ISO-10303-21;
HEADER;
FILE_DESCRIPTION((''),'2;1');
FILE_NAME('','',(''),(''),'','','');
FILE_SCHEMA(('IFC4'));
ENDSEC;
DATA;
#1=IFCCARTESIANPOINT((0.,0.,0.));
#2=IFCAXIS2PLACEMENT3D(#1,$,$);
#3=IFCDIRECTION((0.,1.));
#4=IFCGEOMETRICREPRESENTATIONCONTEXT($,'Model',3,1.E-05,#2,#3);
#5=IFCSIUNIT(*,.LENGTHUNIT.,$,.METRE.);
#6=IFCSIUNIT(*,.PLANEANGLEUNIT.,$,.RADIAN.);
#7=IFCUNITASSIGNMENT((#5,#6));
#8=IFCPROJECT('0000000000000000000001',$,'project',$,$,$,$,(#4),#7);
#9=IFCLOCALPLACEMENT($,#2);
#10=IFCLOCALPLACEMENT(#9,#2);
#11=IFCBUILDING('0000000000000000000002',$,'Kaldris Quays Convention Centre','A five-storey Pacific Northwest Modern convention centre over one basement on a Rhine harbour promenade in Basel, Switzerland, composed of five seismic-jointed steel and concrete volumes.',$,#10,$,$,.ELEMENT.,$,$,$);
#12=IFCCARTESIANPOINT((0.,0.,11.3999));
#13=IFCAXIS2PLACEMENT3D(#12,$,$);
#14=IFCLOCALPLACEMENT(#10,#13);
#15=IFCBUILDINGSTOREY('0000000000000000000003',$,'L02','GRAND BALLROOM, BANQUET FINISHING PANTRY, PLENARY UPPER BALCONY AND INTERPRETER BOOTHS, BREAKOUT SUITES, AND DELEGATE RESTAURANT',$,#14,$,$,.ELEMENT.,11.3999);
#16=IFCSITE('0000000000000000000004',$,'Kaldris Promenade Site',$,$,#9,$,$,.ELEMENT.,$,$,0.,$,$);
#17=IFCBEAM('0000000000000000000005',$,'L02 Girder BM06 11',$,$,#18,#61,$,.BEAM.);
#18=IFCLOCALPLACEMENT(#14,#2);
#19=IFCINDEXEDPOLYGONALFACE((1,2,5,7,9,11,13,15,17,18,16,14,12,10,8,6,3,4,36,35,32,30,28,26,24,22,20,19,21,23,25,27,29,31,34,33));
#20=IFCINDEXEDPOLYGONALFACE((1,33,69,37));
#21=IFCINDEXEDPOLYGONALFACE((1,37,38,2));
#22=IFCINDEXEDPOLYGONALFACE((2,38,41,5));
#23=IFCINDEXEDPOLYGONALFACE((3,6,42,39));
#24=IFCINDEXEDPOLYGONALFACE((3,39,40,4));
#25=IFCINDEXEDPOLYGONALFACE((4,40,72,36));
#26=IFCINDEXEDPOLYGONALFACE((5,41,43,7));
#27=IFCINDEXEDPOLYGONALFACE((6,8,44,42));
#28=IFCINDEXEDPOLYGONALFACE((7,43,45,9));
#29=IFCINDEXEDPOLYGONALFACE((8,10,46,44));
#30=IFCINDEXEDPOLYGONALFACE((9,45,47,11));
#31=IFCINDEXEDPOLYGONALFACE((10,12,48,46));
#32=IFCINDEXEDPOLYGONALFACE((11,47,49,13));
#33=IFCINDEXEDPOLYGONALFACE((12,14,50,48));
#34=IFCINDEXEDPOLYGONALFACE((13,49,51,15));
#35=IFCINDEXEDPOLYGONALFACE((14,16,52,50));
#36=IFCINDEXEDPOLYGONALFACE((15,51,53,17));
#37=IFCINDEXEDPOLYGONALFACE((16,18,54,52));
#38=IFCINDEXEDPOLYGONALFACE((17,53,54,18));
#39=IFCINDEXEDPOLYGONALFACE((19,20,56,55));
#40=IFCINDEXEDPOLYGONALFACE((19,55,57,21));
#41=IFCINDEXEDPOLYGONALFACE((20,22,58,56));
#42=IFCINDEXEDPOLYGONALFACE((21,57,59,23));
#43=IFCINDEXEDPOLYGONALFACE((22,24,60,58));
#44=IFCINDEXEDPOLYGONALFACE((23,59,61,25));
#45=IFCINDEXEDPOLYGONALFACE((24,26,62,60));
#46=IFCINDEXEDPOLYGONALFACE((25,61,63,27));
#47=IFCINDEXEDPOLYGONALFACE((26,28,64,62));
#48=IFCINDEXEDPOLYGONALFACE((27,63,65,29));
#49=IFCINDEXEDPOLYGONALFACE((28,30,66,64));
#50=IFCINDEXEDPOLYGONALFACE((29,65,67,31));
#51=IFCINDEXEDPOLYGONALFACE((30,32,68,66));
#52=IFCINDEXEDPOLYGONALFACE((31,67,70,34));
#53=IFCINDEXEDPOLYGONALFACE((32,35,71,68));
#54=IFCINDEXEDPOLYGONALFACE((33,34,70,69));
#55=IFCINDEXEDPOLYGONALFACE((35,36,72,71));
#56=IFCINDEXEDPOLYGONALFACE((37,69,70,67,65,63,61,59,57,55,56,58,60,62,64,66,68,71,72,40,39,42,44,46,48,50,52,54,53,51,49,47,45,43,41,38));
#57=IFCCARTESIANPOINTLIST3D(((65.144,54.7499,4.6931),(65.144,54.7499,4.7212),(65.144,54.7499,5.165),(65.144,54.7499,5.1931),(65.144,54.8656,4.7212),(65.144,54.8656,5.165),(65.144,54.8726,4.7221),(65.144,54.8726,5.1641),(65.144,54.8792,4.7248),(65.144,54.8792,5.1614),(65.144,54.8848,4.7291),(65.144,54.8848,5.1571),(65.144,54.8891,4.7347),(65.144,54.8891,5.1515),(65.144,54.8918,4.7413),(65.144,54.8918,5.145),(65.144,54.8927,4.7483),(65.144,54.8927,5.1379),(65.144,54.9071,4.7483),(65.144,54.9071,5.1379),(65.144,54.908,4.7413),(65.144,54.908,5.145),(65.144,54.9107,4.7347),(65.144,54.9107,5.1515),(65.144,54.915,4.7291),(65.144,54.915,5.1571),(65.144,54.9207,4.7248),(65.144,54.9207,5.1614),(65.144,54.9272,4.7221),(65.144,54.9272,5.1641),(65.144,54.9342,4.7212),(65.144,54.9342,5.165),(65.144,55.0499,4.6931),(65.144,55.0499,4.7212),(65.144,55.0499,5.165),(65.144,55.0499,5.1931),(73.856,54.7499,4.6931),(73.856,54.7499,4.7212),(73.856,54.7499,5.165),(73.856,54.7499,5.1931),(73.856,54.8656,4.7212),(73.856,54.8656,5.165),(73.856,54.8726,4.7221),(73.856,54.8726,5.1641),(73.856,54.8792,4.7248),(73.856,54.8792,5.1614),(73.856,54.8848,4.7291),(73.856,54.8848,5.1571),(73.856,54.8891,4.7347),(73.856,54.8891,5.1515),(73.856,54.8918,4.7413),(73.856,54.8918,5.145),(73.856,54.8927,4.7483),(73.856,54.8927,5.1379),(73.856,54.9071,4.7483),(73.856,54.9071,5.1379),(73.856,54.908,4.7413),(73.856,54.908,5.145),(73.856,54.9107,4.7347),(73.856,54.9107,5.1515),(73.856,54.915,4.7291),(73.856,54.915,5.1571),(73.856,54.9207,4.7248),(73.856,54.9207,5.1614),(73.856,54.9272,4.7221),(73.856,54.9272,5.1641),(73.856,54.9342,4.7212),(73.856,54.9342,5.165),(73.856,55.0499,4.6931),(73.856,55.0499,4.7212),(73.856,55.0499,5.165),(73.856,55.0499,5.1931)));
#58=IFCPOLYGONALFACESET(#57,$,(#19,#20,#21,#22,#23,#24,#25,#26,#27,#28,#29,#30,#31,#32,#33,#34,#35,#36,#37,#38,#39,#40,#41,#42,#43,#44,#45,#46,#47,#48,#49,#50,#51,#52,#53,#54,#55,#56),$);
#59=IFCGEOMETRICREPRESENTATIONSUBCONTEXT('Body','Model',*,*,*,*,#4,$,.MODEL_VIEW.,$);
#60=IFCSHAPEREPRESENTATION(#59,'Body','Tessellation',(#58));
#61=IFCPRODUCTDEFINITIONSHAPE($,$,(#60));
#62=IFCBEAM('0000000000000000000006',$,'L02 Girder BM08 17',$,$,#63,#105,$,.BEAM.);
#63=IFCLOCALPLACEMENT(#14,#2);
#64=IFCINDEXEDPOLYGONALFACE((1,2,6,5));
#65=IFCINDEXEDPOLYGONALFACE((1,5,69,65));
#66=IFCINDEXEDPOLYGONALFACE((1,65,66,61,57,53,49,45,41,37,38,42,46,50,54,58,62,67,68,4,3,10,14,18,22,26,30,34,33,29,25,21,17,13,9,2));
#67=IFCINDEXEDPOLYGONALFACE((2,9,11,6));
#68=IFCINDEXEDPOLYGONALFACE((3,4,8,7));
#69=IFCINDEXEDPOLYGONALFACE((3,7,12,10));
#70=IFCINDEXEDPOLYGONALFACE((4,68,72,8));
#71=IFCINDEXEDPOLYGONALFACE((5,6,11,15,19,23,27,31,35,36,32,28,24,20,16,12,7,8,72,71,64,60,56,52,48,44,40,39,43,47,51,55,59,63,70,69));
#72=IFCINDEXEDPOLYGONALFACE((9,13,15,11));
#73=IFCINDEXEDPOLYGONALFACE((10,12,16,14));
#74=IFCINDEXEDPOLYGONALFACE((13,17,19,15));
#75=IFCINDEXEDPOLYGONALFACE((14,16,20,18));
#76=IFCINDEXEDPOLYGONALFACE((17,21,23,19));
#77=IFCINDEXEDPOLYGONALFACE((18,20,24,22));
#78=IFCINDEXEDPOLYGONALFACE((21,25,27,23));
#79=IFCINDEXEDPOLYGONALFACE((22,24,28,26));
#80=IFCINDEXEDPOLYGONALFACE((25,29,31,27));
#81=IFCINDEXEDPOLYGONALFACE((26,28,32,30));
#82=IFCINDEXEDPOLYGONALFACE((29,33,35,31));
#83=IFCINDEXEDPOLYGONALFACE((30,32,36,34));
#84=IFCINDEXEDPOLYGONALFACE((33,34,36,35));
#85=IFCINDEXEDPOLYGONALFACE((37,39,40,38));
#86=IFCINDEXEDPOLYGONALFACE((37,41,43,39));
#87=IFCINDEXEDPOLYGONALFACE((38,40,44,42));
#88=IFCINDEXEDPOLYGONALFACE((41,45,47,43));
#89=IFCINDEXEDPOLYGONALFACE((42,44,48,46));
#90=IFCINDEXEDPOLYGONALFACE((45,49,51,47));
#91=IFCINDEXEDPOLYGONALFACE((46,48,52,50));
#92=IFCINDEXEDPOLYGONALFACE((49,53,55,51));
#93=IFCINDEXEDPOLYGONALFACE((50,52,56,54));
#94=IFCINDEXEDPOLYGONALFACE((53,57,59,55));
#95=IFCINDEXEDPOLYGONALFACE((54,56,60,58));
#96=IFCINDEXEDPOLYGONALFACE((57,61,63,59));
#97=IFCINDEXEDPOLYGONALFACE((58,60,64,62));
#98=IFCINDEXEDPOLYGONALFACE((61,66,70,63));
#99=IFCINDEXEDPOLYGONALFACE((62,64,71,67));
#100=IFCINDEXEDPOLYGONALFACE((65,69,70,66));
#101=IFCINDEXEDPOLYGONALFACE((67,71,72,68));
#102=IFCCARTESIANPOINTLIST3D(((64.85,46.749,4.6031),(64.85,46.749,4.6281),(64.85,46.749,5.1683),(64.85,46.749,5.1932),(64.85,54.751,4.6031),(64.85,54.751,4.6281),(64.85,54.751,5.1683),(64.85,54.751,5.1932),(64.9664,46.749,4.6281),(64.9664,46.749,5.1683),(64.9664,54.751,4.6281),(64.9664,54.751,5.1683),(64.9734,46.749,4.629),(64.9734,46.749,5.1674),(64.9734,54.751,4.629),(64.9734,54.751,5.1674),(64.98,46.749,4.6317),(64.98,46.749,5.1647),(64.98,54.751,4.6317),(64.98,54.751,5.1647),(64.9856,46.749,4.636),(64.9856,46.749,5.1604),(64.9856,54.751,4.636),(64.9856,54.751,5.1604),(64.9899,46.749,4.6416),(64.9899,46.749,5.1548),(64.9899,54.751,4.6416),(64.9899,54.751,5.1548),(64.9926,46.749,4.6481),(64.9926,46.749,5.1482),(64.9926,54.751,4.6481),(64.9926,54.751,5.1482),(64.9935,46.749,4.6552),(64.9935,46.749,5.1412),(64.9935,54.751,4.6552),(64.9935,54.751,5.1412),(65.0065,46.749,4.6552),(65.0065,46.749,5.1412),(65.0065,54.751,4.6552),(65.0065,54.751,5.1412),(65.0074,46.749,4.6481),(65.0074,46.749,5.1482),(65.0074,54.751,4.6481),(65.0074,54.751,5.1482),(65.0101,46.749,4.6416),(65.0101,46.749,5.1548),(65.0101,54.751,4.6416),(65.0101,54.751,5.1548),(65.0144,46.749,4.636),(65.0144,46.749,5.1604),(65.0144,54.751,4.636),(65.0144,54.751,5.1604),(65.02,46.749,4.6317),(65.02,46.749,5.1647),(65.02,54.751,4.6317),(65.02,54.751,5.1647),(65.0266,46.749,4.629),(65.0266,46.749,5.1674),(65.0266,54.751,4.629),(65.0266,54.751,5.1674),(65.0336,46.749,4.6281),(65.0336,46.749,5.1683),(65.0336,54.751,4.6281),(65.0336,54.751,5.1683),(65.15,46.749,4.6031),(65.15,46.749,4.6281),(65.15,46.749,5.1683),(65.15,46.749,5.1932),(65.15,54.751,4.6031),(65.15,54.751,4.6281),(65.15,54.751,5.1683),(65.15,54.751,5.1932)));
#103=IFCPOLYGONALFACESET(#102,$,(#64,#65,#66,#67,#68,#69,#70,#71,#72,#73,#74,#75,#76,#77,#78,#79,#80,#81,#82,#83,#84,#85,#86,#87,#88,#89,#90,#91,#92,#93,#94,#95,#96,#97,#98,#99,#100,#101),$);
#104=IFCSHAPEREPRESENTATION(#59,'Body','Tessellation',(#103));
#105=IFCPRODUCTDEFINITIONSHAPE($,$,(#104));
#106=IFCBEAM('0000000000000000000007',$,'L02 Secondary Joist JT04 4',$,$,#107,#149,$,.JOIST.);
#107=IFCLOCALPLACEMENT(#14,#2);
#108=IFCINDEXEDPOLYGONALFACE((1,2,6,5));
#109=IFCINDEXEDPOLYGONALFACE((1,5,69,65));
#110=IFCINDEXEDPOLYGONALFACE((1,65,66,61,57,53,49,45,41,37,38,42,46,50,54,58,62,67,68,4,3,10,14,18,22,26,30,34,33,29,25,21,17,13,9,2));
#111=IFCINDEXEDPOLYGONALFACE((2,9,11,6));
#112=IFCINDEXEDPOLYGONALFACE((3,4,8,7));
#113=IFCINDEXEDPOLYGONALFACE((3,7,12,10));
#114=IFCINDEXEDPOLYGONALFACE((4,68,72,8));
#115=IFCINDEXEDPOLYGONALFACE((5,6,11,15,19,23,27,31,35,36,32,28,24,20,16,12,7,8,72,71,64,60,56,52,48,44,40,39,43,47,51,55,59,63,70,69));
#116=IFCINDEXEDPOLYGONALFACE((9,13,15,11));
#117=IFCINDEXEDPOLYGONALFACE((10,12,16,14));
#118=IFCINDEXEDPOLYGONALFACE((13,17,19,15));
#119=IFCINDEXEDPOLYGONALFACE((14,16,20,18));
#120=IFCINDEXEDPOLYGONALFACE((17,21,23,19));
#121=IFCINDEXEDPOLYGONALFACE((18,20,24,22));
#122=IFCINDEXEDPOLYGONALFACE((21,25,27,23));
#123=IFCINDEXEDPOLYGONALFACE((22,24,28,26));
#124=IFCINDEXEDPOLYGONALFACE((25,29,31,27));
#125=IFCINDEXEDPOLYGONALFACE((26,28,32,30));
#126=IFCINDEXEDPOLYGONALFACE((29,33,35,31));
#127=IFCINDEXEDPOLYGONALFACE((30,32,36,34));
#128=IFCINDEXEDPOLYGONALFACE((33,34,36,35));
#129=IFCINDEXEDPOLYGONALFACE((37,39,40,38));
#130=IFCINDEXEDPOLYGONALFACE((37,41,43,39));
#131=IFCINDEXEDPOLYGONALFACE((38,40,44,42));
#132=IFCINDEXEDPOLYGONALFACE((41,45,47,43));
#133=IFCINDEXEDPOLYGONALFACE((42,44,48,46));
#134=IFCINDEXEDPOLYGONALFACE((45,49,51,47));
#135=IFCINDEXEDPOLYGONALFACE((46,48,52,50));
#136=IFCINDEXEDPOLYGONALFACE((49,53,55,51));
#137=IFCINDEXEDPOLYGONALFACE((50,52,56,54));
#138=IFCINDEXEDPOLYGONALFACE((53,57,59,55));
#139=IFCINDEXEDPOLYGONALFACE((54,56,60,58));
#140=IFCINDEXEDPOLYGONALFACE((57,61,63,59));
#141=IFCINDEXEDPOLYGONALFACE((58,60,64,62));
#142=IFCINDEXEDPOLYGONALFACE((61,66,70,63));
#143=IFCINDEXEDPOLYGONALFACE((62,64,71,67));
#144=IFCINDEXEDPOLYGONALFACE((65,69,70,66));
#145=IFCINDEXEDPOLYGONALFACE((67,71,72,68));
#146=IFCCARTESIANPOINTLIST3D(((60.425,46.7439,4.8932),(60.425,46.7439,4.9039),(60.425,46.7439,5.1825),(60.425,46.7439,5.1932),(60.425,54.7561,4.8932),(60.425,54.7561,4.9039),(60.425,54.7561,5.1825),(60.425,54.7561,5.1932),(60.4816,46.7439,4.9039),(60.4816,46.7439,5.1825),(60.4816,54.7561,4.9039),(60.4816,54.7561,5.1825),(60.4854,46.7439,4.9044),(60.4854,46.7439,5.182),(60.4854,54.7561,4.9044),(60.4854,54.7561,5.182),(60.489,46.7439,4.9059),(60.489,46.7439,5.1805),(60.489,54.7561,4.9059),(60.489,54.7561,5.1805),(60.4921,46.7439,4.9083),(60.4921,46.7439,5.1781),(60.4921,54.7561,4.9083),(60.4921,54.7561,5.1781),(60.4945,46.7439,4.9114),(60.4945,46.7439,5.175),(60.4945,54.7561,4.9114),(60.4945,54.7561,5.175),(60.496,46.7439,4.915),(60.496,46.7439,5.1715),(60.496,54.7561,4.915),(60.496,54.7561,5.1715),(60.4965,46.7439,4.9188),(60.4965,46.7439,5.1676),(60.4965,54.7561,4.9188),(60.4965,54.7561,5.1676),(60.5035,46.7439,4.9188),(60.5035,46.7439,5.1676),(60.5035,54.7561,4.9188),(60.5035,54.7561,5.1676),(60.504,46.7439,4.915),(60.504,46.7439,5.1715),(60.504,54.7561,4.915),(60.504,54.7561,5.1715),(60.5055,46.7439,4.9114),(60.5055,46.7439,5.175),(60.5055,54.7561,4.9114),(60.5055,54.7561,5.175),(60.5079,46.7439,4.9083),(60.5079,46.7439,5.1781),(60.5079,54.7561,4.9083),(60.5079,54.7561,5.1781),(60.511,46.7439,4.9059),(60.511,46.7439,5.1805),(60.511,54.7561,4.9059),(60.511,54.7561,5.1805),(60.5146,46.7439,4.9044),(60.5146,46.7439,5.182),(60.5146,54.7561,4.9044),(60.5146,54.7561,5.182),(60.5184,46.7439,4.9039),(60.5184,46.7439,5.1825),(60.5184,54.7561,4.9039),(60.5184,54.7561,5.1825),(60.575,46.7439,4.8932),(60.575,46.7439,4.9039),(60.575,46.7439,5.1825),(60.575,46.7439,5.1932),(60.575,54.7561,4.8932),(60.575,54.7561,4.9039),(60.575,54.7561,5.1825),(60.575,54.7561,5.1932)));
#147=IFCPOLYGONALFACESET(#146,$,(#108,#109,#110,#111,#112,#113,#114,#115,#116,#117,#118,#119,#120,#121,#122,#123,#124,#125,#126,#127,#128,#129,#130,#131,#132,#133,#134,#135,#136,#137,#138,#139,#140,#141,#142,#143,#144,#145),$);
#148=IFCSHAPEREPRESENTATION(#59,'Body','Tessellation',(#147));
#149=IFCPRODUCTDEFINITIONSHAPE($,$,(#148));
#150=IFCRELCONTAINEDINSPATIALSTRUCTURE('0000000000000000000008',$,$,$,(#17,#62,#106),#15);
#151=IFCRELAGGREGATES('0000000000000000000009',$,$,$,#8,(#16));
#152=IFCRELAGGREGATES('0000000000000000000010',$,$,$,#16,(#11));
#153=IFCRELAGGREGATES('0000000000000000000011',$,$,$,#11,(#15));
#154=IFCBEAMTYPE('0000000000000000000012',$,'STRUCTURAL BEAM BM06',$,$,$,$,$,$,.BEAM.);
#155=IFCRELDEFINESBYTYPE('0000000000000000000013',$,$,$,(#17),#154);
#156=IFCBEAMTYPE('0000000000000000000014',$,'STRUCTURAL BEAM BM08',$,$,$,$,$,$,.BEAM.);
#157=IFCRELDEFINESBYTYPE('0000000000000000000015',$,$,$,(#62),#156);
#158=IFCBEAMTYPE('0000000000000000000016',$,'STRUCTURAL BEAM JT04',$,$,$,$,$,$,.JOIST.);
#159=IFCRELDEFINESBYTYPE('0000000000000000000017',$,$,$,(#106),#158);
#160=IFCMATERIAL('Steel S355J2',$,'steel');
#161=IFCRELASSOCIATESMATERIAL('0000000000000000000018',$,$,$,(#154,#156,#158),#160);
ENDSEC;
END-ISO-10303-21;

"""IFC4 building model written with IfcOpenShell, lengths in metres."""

from ifc_helpers import new_model, si_unit, direction, frame, origin, origin_2d, place, context, subcontext, project, spatial, i_section, extrude, material, material_profile, profile_set, type_object, element, save


model = new_model("IFC4")

# Units and contexts
model_context = context("Model", 3, precision=1e-05, world=origin(), true_north=direction((0.0, 1.0)))
body_context = subcontext(model_context, "Body", "Model", "MODEL_VIEW")
ifc_project = project(units=[si_unit("LENGTHUNIT", "METRE"), si_unit("PLANEANGLEUNIT", "RADIAN")], contexts=[model_context])

# Site, building, storey
site_placement = place(None, origin())
site = spatial("IfcSite", under=ifc_project, at=site_placement, Name="Kaldris Promenade Site", CompositionType="ELEMENT", RefElevation=0.0)
building_placement = place(site_placement, origin())
building = spatial("IfcBuilding", under=site, at=building_placement, Name="Kaldris Quays Convention Centre", Description="A five-storey Pacific Northwest Modern convention centre over one basement on a Rhine harbour promenade in Basel, Switzerland, composed of five seismic-jointed steel and concrete volumes.", CompositionType="ELEMENT")
storey_placement = place(building_placement, frame((0.0, 0.0, 11.3999)))
storey = spatial("IfcBuildingStorey", under=building, at=storey_placement, Name="L02", Description="GRAND BALLROOM, BANQUET FINISHING PANTRY, PLENARY UPPER BALCONY AND INTERPRETER BOOTHS, BREAKOUT SUITES, AND DELEGATE RESTAURANT", CompositionType="ELEMENT", Elevation=11.3999)

# Shared definitions
ifc_material_1 = material(Name="Steel S355J2", Category="steel")

# Beams
ifc_material_profile_1 = material_profile(ifc_material_1, i_section(OverallWidth=0.3, OverallDepth=0.5, WebThickness=0.0144, FlangeThickness=0.0281, FilletRadius=0.0271, at=origin_2d()), Name="HEB 500")
ifc_profile_set_1 = profile_set([ifc_material_profile_1], Name="Steel S355J2")
beam_type_1 = type_object("IfcBeamType", Name="STRUCTURAL BEAM BM06", PredefinedType="BEAM", material=ifc_profile_set_1)
for number, where, z_axis, x_axis, name in (
    (1, (65.144, 54.8999, 4.9431), (1.0, 0.0, 0.0), (0.0, 1.0, 0.0), "L02 Girder BM06 11"),
):
    element("IfcBeam", number, at=place(storey_placement, frame(where, z_axis=z_axis, x_axis=x_axis)), inside=storey, type_object=beam_type_1, Name=name, PredefinedType="BEAM", context=body_context, shape_type="SweptSolid", body=[
        extrude(i_section(OverallWidth=0.3, OverallDepth=0.5, WebThickness=0.0144, FlangeThickness=0.0281, FilletRadius=0.0271, at=origin_2d()), origin(), (0.0, 0.0, 1.0), 8.7119),
    ])
ifc_material_profile_2 = material_profile(ifc_material_1, i_section(OverallWidth=0.3, OverallDepth=0.5901, WebThickness=0.0129, FlangeThickness=0.0249, FilletRadius=0.0271, at=origin_2d()), Name="HEA 600")
ifc_profile_set_2 = profile_set([ifc_material_profile_2], Name="Steel S355J2")
beam_type_2 = type_object("IfcBeamType", Name="STRUCTURAL BEAM BM08", PredefinedType="BEAM", material=ifc_profile_set_2)
beam_1_placement = place(storey_placement, frame((65.0, 46.749, 4.8982), z_axis=(0.0, 1.0, 0.0), x_axis=(-1.0, 0.0, 0.0)))
element("IfcBeam", 2, at=beam_1_placement, inside=storey, type_object=beam_type_2, Name="L02 Girder BM08 17", PredefinedType="BEAM", context=body_context, shape_type="SweptSolid", body=[
    extrude(i_section(OverallWidth=0.3, OverallDepth=0.5901, WebThickness=0.0129, FlangeThickness=0.0249, FilletRadius=0.0271, at=origin_2d()), origin(), (0.0, 0.0, 1.0), 8.002),
])
ifc_material_profile_3 = material_profile(ifc_material_1, i_section(OverallWidth=0.1499, OverallDepth=0.3, WebThickness=0.0071, FlangeThickness=0.0107, FilletRadius=0.0149, at=origin_2d()), Name="IPE 300")
ifc_profile_set_3 = profile_set([ifc_material_profile_3], Name="Steel S355J2")
beam_type_3 = type_object("IfcBeamType", Name="STRUCTURAL BEAM JT04", PredefinedType="JOIST", material=ifc_profile_set_3)
beam_2_placement = place(storey_placement, frame((60.5, 46.7439, 5.0432), z_axis=(0.0, 1.0, 0.0), x_axis=(-1.0, 0.0, 0.0)))
element("IfcBeam", 3, at=beam_2_placement, inside=storey, type_object=beam_type_3, Name="L02 Secondary Joist JT04 4", PredefinedType="JOIST", context=body_context, shape_type="SweptSolid", body=[
    extrude(i_section(OverallWidth=0.1499, OverallDepth=0.3, WebThickness=0.0071, FlangeThickness=0.0107, FilletRadius=0.0149, at=origin_2d()), origin(), (0.0, 0.0, 1.0), 8.0122),
])

save(model, "model.ifc")
